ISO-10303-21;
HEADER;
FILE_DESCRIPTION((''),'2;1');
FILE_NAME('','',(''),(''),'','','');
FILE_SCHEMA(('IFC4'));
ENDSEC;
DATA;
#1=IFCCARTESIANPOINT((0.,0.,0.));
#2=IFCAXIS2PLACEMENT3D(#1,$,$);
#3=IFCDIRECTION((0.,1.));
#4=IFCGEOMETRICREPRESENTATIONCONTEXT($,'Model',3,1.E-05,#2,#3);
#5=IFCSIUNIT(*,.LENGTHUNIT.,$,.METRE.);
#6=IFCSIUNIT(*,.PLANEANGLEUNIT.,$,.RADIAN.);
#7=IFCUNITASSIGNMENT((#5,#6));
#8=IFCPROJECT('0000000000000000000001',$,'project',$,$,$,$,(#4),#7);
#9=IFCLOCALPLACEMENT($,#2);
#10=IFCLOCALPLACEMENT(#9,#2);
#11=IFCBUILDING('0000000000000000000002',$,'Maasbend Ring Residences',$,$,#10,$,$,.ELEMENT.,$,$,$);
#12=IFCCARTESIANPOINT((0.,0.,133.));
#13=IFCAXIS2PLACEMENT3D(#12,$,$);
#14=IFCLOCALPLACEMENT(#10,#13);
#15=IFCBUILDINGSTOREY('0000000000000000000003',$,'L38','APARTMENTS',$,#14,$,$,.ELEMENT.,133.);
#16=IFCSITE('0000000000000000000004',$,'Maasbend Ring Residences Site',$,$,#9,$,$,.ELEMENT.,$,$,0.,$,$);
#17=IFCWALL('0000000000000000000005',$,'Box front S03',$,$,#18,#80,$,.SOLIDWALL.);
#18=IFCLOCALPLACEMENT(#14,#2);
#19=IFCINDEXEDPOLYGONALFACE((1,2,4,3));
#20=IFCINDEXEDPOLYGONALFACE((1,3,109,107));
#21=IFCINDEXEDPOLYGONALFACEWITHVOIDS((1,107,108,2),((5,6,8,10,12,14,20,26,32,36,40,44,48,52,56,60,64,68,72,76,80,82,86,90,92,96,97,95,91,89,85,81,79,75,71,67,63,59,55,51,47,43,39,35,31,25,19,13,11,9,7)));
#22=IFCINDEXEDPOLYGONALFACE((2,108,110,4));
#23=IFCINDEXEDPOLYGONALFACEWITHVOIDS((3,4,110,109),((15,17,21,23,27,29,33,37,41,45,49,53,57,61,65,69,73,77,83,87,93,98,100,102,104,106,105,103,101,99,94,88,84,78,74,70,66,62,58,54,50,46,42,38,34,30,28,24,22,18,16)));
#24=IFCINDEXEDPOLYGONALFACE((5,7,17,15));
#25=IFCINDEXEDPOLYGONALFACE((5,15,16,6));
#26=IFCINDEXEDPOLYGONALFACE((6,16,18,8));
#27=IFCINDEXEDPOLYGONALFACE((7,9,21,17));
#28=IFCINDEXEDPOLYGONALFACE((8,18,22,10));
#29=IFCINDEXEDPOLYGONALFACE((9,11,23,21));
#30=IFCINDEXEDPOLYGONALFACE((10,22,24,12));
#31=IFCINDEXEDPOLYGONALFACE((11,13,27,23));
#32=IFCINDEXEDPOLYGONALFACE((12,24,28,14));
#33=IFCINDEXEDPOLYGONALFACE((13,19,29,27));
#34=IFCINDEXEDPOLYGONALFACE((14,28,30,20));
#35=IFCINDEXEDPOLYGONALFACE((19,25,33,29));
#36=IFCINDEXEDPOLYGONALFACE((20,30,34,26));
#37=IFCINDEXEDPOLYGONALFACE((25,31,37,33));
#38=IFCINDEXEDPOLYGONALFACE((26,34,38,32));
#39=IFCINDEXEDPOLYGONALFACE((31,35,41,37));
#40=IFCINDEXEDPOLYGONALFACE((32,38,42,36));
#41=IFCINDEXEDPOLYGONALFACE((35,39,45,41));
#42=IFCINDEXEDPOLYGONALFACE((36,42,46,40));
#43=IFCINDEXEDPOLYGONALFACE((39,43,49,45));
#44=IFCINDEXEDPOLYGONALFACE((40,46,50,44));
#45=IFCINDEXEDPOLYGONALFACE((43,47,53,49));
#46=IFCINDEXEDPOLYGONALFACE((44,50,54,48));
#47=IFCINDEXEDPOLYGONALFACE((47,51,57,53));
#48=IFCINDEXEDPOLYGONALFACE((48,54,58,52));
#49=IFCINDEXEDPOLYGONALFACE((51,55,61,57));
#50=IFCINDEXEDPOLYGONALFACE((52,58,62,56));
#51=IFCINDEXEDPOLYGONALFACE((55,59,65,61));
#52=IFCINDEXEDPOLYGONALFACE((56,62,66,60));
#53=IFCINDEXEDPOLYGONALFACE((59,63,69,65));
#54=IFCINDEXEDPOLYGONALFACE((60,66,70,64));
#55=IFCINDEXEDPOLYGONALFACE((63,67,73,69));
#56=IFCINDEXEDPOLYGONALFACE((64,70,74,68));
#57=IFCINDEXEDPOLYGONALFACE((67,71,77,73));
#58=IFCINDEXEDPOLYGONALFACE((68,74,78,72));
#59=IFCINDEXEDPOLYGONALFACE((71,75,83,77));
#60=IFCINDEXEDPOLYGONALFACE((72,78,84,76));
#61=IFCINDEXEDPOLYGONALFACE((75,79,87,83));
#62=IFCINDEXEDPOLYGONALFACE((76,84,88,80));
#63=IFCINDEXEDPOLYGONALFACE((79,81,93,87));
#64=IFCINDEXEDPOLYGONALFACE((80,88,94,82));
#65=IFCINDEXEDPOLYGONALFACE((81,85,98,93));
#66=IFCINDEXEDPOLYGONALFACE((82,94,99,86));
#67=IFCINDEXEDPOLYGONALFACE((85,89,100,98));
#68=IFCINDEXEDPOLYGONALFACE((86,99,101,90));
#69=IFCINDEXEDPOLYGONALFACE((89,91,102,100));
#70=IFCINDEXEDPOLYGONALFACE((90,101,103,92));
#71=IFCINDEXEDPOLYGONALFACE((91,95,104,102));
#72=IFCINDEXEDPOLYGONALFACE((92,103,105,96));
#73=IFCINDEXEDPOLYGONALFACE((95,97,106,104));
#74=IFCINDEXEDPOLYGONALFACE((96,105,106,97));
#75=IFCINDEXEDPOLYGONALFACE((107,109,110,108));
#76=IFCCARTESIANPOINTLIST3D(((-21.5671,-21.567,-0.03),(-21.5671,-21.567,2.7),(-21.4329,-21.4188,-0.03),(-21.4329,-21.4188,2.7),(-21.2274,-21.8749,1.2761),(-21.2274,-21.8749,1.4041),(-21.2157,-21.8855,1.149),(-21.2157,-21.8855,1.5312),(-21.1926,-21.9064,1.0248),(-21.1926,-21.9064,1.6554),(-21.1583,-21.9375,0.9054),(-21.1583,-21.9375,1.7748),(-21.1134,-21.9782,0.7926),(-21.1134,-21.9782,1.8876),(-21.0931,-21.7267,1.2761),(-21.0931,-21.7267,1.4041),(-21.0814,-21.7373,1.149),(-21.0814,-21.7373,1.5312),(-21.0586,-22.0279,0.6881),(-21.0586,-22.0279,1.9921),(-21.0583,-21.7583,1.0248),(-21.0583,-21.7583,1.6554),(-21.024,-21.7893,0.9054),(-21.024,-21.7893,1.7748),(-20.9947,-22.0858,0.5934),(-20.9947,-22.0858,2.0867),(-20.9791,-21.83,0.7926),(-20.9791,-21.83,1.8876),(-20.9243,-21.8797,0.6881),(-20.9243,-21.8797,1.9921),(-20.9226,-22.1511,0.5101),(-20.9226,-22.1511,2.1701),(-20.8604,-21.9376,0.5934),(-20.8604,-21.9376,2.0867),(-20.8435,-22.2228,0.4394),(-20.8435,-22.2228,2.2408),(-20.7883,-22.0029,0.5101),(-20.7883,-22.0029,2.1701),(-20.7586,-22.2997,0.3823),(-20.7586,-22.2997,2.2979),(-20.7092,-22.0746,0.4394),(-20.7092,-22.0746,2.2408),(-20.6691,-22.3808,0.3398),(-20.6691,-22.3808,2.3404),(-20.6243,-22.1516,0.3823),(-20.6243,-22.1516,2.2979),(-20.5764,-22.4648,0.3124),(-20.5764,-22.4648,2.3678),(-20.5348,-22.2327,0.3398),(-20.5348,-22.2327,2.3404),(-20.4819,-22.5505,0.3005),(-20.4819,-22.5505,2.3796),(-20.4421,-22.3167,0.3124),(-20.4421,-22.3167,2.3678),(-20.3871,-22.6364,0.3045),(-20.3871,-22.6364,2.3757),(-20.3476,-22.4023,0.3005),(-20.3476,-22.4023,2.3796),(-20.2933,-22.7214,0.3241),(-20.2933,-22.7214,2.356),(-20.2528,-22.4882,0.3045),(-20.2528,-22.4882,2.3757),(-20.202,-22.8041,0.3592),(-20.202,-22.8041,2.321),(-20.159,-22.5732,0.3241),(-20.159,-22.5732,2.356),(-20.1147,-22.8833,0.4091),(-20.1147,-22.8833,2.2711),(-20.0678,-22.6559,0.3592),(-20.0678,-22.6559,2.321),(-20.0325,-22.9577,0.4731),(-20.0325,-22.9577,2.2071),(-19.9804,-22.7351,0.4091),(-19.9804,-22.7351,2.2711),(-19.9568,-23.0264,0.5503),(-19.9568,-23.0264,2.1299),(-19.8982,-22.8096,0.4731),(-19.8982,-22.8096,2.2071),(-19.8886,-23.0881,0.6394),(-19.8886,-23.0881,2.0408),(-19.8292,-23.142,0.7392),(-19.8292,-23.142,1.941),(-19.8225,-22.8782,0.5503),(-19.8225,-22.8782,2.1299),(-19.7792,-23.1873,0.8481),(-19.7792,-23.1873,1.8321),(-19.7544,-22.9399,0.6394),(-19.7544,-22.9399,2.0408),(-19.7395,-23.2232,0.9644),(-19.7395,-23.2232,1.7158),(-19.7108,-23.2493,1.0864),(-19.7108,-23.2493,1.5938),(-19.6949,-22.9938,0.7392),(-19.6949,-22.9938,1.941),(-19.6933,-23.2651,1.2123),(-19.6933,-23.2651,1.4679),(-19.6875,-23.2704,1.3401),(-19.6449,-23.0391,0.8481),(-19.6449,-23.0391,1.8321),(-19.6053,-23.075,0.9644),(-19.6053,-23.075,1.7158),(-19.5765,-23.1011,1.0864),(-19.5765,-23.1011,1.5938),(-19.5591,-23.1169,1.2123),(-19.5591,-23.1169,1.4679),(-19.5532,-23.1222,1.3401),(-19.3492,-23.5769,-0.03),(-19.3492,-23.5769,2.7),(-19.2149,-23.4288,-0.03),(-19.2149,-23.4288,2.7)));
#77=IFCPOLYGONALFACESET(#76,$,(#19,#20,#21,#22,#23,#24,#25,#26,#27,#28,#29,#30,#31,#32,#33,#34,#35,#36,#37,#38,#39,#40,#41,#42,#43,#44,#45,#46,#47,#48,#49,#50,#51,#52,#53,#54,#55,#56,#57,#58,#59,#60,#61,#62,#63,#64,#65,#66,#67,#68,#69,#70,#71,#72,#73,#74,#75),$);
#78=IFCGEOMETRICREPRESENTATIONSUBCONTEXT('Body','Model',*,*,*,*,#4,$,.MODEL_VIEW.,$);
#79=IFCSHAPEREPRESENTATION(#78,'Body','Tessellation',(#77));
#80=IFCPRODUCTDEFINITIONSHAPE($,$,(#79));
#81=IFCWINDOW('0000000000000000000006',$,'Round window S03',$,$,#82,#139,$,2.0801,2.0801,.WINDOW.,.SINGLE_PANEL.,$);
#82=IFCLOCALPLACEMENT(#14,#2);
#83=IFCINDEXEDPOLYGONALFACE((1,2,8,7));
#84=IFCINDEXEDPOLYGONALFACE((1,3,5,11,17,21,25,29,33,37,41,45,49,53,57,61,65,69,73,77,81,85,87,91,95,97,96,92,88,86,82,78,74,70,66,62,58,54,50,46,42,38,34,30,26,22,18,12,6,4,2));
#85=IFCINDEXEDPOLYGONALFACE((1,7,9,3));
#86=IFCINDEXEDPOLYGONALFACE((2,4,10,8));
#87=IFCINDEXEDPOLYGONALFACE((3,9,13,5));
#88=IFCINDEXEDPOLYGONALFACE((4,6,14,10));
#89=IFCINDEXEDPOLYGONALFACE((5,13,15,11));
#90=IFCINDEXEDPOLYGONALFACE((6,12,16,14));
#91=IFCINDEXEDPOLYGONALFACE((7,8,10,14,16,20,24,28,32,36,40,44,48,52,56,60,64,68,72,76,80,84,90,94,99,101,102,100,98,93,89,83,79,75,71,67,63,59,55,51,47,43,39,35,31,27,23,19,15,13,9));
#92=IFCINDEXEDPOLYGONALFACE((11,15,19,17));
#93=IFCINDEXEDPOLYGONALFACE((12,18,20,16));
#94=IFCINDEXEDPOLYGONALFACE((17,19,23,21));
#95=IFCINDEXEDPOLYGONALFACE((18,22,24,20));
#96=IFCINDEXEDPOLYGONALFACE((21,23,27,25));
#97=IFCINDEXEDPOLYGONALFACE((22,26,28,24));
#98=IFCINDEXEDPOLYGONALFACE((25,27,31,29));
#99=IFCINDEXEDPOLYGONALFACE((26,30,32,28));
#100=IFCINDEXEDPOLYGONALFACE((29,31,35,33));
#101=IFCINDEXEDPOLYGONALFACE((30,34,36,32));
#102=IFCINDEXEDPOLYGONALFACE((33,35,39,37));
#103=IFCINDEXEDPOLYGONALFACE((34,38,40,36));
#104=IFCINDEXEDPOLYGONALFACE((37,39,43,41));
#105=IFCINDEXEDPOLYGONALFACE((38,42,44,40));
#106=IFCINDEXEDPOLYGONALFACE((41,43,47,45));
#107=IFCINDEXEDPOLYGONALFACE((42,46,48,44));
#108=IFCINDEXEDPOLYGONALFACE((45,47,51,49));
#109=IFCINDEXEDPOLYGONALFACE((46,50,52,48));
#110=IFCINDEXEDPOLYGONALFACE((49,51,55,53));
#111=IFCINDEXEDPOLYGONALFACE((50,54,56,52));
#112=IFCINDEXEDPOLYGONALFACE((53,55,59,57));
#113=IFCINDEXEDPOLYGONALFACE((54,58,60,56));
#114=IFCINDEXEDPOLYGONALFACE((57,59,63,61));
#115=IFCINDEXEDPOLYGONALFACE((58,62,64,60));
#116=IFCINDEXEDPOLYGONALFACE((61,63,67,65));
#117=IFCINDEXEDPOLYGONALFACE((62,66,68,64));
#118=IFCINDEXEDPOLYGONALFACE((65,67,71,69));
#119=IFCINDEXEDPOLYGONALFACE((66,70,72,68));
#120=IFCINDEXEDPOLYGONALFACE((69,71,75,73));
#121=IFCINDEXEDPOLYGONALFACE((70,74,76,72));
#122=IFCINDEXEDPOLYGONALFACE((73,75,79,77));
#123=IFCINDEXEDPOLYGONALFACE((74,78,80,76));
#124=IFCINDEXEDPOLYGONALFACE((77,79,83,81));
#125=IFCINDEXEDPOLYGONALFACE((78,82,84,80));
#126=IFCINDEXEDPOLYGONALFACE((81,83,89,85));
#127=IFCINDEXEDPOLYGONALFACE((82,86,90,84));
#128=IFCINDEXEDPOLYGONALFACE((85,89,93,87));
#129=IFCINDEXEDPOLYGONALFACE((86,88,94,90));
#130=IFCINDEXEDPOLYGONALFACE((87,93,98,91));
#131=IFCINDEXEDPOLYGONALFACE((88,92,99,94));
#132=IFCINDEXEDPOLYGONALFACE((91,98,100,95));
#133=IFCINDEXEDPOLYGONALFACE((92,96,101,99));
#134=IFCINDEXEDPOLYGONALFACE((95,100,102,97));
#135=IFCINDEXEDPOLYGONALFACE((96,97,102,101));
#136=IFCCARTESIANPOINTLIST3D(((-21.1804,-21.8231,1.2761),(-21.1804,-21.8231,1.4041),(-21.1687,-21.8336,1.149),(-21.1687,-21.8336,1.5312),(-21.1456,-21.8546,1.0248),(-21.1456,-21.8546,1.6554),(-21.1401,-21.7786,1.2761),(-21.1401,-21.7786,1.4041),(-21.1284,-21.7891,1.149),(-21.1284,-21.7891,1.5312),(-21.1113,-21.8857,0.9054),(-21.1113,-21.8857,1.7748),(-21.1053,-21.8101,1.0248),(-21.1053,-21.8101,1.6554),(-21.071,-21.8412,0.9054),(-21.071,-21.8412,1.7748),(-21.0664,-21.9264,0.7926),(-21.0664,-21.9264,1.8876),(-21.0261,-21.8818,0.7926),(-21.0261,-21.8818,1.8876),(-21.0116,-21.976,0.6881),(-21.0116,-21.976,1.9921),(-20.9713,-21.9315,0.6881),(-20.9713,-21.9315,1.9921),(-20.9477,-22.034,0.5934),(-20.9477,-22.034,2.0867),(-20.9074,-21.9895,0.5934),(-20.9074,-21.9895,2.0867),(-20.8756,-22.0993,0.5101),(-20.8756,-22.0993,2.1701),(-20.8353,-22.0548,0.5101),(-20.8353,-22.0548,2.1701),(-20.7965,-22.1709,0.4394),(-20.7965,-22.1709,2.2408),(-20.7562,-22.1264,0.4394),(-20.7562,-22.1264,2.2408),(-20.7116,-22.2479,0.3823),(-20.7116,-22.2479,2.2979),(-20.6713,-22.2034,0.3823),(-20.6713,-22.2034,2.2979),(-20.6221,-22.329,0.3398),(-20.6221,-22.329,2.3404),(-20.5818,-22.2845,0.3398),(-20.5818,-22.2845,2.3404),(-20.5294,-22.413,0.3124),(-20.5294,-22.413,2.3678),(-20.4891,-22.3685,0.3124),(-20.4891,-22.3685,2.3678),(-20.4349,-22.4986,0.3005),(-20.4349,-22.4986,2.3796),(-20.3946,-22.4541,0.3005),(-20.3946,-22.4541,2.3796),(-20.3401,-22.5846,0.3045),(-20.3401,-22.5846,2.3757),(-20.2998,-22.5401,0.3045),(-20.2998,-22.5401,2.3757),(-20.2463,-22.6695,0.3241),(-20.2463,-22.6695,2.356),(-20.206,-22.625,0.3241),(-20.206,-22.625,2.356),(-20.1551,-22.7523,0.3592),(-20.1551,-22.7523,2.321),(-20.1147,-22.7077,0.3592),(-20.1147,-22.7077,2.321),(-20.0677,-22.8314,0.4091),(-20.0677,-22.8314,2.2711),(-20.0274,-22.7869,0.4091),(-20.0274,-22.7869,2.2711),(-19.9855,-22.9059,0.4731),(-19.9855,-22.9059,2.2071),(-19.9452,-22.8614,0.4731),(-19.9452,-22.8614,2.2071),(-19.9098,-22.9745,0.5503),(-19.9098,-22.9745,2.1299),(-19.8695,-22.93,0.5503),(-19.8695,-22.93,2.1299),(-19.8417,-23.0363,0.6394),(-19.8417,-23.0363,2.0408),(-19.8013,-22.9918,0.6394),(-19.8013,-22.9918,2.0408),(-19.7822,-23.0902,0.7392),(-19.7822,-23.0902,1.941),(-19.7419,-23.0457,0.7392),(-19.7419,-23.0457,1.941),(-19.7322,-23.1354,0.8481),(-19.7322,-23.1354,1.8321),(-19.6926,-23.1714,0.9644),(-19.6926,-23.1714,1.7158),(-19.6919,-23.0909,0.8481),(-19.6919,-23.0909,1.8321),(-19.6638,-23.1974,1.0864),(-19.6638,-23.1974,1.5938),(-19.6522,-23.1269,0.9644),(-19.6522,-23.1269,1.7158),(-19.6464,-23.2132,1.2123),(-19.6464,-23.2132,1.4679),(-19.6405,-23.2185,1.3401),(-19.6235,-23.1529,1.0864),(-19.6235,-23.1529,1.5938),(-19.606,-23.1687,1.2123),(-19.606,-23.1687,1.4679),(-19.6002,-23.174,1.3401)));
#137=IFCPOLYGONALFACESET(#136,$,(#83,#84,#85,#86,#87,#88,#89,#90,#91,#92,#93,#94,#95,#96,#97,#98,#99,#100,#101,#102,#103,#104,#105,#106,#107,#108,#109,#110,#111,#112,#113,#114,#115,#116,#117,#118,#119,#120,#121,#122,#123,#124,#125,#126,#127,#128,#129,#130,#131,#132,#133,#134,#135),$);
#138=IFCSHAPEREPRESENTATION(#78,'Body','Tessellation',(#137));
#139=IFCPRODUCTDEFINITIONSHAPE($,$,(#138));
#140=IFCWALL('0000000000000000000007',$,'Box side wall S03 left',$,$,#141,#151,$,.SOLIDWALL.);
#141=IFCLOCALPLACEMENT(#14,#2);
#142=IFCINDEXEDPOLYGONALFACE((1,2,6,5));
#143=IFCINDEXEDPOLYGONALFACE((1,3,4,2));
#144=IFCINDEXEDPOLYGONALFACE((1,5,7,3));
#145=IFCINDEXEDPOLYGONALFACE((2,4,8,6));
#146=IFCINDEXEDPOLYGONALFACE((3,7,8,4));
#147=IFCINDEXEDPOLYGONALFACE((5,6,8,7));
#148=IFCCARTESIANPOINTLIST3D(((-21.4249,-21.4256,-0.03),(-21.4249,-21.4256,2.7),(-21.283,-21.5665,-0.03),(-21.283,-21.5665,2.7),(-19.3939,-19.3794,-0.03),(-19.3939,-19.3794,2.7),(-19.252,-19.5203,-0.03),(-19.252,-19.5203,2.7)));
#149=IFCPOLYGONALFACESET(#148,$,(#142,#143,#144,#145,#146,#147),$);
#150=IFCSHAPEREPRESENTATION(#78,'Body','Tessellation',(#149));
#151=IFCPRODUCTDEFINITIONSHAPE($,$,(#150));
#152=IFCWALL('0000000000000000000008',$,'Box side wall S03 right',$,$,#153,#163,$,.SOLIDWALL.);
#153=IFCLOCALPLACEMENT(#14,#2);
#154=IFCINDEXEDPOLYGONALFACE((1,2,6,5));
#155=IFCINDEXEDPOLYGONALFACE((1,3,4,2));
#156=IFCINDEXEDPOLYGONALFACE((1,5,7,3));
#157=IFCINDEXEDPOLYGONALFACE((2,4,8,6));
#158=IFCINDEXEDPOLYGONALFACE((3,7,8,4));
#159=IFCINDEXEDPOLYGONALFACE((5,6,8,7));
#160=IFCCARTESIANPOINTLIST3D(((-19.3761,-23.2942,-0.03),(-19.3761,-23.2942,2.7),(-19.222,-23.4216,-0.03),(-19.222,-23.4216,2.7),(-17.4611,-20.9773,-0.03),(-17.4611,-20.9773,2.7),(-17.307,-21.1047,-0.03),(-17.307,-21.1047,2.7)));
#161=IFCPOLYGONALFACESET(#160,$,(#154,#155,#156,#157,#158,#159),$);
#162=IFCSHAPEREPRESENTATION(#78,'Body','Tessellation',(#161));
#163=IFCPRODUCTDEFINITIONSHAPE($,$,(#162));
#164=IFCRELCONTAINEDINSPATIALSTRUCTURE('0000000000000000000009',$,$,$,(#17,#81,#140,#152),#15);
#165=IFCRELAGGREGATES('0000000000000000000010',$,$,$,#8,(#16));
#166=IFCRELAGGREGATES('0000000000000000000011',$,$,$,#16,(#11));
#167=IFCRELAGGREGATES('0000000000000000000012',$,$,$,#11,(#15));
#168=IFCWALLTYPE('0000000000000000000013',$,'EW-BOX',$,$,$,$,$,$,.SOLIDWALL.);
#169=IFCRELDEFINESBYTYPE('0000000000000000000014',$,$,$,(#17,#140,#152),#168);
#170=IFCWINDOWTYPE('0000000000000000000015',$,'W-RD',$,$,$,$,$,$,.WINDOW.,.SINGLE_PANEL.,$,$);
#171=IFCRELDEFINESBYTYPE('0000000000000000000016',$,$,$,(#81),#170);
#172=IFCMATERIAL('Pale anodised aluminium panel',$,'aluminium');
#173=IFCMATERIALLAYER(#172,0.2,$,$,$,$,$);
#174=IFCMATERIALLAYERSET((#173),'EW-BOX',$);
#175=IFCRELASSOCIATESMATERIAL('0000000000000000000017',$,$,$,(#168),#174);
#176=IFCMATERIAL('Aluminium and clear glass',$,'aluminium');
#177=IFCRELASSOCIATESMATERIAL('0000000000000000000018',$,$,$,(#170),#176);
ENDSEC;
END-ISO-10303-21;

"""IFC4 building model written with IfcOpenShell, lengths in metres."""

from ifc_helpers import new_model, si_unit, direction, frame, frame_2d, origin, place, context, subcontext, project, spatial, rectangle, circle, extrude, material, layer, layer_set, type_object, element, fill, save


model = new_model("IFC4")

# Units and contexts
model_context = context("Model", 3, precision=1e-05, world=origin(), true_north=direction((0.0, 1.0)))
body_context = subcontext(model_context, "Body", "Model", "MODEL_VIEW")
ifc_project = project(units=[si_unit("LENGTHUNIT", "METRE"), si_unit("PLANEANGLEUNIT", "RADIAN")], contexts=[model_context])

# Site, building, storey
site_placement = place(None, origin())
site = spatial("IfcSite", under=ifc_project, at=site_placement, Name="Maasbend Ring Residences Site", CompositionType="ELEMENT", RefElevation=0.0)
building_placement = place(site_placement, origin())
building = spatial("IfcBuilding", under=site, at=building_placement, Name="Maasbend Ring Residences", CompositionType="ELEMENT")
storey_placement = place(building_placement, frame((0.0, 0.0, 133.0)))
storey = spatial("IfcBuildingStorey", under=building, at=storey_placement, Name="L38", Description="APARTMENTS", CompositionType="ELEMENT", Elevation=133.0)

# Wall, opening, window
ifc_material_1 = material(Name="Pale anodised aluminium panel", Category="aluminium")
ifc_layer_1 = layer(ifc_material_1, 0.2)
ifc_layer_set_1 = layer_set([ifc_layer_1], Name="EW-BOX")
wall_type_1 = type_object("IfcWallType", Name="EW-BOX", PredefinedType="SOLIDWALL", material=ifc_layer_set_1)
wall_1_placement = place(storey_placement, frame((-21.5, -21.4929, -0.03), z_axis=(0.0, 0.0, 1.0), x_axis=(0.740998, -0.671507, 0.0)))
wall_1 = element("IfcWall", 1, at=wall_1_placement, inside=storey, type_object=wall_type_1, Name="Box front S03", PredefinedType="SOLIDWALL", context=body_context, shape_type="SweptSolid", body=[
    extrude(rectangle(XDim=2.9932, YDim=0.2, at=frame_2d((1.4966, 0.0))), origin(), (0.0, 0.0, 1.0), 2.73),
])
opening_1_placement = place(wall_1_placement, frame((0.4565, 0.0, 0.3301)))
opening_1 = element("IfcOpeningElement", 2, at=opening_1_placement, cuts=wall_1, PredefinedType="OPENING", context=body_context, shape_type="SweptSolid", body=[
    extrude(circle(Radius=1.04, at=frame_2d((1.04, 1.04))), frame((0.0, 0.1099, 0.0), z_axis=(0.0, -1.0, 0.0), x_axis=(1.0, 0.0, 0.0)), (0.0, 0.0, 1.0), 0.22),
])
ifc_material_2 = material(Name="Aluminium and clear glass", Category="aluminium")
window_type_1 = type_object("IfcWindowType", Name="W-RD", PartitioningType="SINGLE_PANEL", PredefinedType="WINDOW", material=ifc_material_2)
window_1_placement = place(opening_1_placement, origin())
window_1 = element("IfcWindow", 3, at=window_1_placement, inside=storey, type_object=window_type_1, Name="Round window S03", OverallHeight=2.0801, OverallWidth=2.0801, PartitioningType="SINGLE_PANEL", PredefinedType="WINDOW", context=body_context, shape_type="SweptSolid", body=[
    extrude(circle(Radius=1.04, at=frame_2d((1.04, 1.04))), frame((0.0, 0.03, 0.0), z_axis=(0.0, -1.0, 0.0), x_axis=(1.0, 0.0, 0.0)), (0.0, 0.0, 1.0), 0.0601),
])
fill(opening_1, window_1)

# Walls
wall_2_placement = place(storey_placement, frame((-19.323, -19.45, -0.03), z_axis=(0.0, 0.0, 1.0), x_axis=(-0.704477, -0.709727, 0.0)))
element("IfcWall", 4, at=wall_2_placement, inside=storey, type_object=wall_type_1, Name="Box side wall S03 left", PredefinedType="SOLIDWALL", context=body_context, shape_type="SweptSolid", body=[
    extrude(rectangle(XDim=2.8831, YDim=0.2, at=frame_2d((1.4414, 0.0))), origin(), (0.0, 0.0, 1.0), 2.73),
])
wall_3_placement = place(storey_placement, frame((-17.384, -21.041, -0.03), z_axis=(0.0, 0.0, 1.0), x_axis=(-0.637096, -0.770785, 0.0)))
element("IfcWall", 5, at=wall_3_placement, inside=storey, type_object=wall_type_1, Name="Box side wall S03 right", PredefinedType="SOLIDWALL", context=body_context, shape_type="SweptSolid", body=[
    extrude(rectangle(XDim=3.0059, YDim=0.2, at=frame_2d((1.5029, 0.0))), origin(), (0.0, 0.0, 1.0), 2.73),
])

save(model, "model.ifc")
